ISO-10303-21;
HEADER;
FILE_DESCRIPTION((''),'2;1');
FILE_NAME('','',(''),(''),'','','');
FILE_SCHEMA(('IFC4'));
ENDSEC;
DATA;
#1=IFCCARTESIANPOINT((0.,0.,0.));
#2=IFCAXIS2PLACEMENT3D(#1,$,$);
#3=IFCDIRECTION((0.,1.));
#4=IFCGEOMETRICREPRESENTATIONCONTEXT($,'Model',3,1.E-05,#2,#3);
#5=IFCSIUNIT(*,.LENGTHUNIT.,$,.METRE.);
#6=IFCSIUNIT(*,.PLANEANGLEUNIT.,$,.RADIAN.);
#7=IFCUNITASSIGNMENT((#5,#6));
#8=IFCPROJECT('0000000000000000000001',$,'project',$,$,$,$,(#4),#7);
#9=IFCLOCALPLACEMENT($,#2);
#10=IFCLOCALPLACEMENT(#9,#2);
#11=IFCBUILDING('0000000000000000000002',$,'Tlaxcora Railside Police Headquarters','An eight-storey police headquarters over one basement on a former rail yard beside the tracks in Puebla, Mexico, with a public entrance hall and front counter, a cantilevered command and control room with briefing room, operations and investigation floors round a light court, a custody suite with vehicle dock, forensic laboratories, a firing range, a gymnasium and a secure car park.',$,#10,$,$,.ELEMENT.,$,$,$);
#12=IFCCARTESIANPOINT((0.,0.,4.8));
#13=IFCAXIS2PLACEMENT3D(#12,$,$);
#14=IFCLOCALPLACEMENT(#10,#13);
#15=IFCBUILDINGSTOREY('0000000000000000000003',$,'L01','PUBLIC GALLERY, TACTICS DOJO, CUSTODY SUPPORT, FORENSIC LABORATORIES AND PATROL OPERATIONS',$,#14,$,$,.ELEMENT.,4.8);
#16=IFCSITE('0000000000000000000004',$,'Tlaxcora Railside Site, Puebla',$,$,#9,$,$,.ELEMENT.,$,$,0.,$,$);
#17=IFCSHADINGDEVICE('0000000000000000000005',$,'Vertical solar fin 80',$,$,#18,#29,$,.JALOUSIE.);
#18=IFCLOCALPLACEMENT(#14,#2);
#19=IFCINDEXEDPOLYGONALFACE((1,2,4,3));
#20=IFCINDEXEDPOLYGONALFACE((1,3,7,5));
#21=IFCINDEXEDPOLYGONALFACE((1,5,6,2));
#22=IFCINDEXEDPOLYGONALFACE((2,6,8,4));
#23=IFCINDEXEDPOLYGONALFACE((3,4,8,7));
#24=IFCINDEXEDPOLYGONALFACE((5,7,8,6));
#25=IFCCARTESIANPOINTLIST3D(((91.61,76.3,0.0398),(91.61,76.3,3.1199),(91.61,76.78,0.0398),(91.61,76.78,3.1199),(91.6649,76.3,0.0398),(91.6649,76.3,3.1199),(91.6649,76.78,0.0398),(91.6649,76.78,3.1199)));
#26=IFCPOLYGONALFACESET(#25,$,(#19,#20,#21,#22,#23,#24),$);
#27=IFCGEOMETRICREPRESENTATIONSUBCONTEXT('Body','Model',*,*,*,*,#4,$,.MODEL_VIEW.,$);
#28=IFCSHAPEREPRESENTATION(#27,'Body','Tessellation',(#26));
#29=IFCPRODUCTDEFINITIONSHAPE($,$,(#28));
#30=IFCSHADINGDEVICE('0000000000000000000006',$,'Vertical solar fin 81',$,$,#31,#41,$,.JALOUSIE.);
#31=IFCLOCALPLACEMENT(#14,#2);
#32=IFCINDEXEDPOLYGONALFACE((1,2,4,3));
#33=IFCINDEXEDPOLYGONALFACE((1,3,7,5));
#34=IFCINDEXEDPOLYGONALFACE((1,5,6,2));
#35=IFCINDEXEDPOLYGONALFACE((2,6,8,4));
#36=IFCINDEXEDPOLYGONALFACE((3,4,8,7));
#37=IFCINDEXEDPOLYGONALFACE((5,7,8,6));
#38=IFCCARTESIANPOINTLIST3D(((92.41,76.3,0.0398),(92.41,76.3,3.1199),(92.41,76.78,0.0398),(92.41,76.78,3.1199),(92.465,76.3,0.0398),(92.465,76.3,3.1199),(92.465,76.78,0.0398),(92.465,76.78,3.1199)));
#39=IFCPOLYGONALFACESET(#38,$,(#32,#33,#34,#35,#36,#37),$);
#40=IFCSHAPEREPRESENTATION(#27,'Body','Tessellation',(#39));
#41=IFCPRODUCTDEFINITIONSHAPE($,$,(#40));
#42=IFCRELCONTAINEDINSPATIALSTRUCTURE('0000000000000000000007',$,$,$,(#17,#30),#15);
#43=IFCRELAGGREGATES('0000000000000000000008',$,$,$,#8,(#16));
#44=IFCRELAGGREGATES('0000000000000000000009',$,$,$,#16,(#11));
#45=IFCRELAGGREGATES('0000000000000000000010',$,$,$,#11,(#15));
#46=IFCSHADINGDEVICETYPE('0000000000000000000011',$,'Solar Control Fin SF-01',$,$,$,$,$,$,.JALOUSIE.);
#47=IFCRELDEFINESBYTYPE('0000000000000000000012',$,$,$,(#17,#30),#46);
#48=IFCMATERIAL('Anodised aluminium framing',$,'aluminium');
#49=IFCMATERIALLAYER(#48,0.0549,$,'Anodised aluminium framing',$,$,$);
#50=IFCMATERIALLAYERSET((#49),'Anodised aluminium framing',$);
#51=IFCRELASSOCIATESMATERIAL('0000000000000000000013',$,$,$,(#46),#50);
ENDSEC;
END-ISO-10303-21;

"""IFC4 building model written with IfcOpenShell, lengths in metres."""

from ifc_helpers import new_model, si_unit, direction, frame, origin, origin_2d, place, context, subcontext, project, spatial, rectangle, extrude, material, layer, layer_set, type_object, element, save


model = new_model("IFC4")

# Units and contexts
model_context = context("Model", 3, precision=1e-05, world=origin(), true_north=direction((0.0, 1.0)))
body_context = subcontext(model_context, "Body", "Model", "MODEL_VIEW")
ifc_project = project(units=[si_unit("LENGTHUNIT", "METRE"), si_unit("PLANEANGLEUNIT", "RADIAN")], contexts=[model_context])

# Site, building, storey
site_placement = place(None, origin())
site = spatial("IfcSite", under=ifc_project, at=site_placement, Name="Tlaxcora Railside Site, Puebla", CompositionType="ELEMENT", RefElevation=0.0)
building_placement = place(site_placement, origin())
building = spatial("IfcBuilding", under=site, at=building_placement, Name="Tlaxcora Railside Police Headquarters", Description="An eight-storey police headquarters over one basement on a former rail yard beside the tracks in Puebla, Mexico, with a public entrance hall and front counter, a cantilevered command and control room with briefing room, operations and investigation floors round a light court, a custody suite with vehicle dock, forensic laboratories, a firing range, a gymnasium and a secure car park.", CompositionType="ELEMENT")
storey_placement = place(building_placement, frame((0.0, 0.0, 4.8)))
storey = spatial("IfcBuildingStorey", under=building, at=storey_placement, Name="L01", Description="PUBLIC GALLERY, TACTICS DOJO, CUSTODY SUPPORT, FORENSIC LABORATORIES AND PATROL OPERATIONS", CompositionType="ELEMENT", Elevation=4.8)

# Shading devices
ifc_material_1 = material(Name="Anodised aluminium framing", Category="aluminium")
ifc_layer_1 = layer(ifc_material_1, 0.0549, Name="Anodised aluminium framing")
ifc_layer_set_1 = layer_set([ifc_layer_1], Name="Anodised aluminium framing")
shading_device_type = type_object("IfcShadingDeviceType", Name="Solar Control Fin SF-01", PredefinedType="JALOUSIE", material=ifc_layer_set_1)
for number, where, z_axis, x_axis, name in (
    (1, (91.6375, 76.54, 0.0398), (0.0, 0.0, 1.0), (0.0, -1.0, 0.0), "Vertical solar fin 80"),
    (2, (92.4375, 76.54, 0.0398), (0.0, 0.0, 1.0), (0.0, -1.0, 0.0), "Vertical solar fin 81"),
):
    element("IfcShadingDevice", number, at=place(storey_placement, frame(where, z_axis=z_axis, x_axis=x_axis)), inside=storey, type_object=shading_device_type, Name=name, PredefinedType="JALOUSIE", context=body_context, shape_type="SweptSolid", body=[
        extrude(rectangle(XDim=0.48, YDim=0.0549, at=origin_2d()), origin(), (0.0, 0.0, 1.0), 3.0801),
    ])

save(model, "model.ifc")
